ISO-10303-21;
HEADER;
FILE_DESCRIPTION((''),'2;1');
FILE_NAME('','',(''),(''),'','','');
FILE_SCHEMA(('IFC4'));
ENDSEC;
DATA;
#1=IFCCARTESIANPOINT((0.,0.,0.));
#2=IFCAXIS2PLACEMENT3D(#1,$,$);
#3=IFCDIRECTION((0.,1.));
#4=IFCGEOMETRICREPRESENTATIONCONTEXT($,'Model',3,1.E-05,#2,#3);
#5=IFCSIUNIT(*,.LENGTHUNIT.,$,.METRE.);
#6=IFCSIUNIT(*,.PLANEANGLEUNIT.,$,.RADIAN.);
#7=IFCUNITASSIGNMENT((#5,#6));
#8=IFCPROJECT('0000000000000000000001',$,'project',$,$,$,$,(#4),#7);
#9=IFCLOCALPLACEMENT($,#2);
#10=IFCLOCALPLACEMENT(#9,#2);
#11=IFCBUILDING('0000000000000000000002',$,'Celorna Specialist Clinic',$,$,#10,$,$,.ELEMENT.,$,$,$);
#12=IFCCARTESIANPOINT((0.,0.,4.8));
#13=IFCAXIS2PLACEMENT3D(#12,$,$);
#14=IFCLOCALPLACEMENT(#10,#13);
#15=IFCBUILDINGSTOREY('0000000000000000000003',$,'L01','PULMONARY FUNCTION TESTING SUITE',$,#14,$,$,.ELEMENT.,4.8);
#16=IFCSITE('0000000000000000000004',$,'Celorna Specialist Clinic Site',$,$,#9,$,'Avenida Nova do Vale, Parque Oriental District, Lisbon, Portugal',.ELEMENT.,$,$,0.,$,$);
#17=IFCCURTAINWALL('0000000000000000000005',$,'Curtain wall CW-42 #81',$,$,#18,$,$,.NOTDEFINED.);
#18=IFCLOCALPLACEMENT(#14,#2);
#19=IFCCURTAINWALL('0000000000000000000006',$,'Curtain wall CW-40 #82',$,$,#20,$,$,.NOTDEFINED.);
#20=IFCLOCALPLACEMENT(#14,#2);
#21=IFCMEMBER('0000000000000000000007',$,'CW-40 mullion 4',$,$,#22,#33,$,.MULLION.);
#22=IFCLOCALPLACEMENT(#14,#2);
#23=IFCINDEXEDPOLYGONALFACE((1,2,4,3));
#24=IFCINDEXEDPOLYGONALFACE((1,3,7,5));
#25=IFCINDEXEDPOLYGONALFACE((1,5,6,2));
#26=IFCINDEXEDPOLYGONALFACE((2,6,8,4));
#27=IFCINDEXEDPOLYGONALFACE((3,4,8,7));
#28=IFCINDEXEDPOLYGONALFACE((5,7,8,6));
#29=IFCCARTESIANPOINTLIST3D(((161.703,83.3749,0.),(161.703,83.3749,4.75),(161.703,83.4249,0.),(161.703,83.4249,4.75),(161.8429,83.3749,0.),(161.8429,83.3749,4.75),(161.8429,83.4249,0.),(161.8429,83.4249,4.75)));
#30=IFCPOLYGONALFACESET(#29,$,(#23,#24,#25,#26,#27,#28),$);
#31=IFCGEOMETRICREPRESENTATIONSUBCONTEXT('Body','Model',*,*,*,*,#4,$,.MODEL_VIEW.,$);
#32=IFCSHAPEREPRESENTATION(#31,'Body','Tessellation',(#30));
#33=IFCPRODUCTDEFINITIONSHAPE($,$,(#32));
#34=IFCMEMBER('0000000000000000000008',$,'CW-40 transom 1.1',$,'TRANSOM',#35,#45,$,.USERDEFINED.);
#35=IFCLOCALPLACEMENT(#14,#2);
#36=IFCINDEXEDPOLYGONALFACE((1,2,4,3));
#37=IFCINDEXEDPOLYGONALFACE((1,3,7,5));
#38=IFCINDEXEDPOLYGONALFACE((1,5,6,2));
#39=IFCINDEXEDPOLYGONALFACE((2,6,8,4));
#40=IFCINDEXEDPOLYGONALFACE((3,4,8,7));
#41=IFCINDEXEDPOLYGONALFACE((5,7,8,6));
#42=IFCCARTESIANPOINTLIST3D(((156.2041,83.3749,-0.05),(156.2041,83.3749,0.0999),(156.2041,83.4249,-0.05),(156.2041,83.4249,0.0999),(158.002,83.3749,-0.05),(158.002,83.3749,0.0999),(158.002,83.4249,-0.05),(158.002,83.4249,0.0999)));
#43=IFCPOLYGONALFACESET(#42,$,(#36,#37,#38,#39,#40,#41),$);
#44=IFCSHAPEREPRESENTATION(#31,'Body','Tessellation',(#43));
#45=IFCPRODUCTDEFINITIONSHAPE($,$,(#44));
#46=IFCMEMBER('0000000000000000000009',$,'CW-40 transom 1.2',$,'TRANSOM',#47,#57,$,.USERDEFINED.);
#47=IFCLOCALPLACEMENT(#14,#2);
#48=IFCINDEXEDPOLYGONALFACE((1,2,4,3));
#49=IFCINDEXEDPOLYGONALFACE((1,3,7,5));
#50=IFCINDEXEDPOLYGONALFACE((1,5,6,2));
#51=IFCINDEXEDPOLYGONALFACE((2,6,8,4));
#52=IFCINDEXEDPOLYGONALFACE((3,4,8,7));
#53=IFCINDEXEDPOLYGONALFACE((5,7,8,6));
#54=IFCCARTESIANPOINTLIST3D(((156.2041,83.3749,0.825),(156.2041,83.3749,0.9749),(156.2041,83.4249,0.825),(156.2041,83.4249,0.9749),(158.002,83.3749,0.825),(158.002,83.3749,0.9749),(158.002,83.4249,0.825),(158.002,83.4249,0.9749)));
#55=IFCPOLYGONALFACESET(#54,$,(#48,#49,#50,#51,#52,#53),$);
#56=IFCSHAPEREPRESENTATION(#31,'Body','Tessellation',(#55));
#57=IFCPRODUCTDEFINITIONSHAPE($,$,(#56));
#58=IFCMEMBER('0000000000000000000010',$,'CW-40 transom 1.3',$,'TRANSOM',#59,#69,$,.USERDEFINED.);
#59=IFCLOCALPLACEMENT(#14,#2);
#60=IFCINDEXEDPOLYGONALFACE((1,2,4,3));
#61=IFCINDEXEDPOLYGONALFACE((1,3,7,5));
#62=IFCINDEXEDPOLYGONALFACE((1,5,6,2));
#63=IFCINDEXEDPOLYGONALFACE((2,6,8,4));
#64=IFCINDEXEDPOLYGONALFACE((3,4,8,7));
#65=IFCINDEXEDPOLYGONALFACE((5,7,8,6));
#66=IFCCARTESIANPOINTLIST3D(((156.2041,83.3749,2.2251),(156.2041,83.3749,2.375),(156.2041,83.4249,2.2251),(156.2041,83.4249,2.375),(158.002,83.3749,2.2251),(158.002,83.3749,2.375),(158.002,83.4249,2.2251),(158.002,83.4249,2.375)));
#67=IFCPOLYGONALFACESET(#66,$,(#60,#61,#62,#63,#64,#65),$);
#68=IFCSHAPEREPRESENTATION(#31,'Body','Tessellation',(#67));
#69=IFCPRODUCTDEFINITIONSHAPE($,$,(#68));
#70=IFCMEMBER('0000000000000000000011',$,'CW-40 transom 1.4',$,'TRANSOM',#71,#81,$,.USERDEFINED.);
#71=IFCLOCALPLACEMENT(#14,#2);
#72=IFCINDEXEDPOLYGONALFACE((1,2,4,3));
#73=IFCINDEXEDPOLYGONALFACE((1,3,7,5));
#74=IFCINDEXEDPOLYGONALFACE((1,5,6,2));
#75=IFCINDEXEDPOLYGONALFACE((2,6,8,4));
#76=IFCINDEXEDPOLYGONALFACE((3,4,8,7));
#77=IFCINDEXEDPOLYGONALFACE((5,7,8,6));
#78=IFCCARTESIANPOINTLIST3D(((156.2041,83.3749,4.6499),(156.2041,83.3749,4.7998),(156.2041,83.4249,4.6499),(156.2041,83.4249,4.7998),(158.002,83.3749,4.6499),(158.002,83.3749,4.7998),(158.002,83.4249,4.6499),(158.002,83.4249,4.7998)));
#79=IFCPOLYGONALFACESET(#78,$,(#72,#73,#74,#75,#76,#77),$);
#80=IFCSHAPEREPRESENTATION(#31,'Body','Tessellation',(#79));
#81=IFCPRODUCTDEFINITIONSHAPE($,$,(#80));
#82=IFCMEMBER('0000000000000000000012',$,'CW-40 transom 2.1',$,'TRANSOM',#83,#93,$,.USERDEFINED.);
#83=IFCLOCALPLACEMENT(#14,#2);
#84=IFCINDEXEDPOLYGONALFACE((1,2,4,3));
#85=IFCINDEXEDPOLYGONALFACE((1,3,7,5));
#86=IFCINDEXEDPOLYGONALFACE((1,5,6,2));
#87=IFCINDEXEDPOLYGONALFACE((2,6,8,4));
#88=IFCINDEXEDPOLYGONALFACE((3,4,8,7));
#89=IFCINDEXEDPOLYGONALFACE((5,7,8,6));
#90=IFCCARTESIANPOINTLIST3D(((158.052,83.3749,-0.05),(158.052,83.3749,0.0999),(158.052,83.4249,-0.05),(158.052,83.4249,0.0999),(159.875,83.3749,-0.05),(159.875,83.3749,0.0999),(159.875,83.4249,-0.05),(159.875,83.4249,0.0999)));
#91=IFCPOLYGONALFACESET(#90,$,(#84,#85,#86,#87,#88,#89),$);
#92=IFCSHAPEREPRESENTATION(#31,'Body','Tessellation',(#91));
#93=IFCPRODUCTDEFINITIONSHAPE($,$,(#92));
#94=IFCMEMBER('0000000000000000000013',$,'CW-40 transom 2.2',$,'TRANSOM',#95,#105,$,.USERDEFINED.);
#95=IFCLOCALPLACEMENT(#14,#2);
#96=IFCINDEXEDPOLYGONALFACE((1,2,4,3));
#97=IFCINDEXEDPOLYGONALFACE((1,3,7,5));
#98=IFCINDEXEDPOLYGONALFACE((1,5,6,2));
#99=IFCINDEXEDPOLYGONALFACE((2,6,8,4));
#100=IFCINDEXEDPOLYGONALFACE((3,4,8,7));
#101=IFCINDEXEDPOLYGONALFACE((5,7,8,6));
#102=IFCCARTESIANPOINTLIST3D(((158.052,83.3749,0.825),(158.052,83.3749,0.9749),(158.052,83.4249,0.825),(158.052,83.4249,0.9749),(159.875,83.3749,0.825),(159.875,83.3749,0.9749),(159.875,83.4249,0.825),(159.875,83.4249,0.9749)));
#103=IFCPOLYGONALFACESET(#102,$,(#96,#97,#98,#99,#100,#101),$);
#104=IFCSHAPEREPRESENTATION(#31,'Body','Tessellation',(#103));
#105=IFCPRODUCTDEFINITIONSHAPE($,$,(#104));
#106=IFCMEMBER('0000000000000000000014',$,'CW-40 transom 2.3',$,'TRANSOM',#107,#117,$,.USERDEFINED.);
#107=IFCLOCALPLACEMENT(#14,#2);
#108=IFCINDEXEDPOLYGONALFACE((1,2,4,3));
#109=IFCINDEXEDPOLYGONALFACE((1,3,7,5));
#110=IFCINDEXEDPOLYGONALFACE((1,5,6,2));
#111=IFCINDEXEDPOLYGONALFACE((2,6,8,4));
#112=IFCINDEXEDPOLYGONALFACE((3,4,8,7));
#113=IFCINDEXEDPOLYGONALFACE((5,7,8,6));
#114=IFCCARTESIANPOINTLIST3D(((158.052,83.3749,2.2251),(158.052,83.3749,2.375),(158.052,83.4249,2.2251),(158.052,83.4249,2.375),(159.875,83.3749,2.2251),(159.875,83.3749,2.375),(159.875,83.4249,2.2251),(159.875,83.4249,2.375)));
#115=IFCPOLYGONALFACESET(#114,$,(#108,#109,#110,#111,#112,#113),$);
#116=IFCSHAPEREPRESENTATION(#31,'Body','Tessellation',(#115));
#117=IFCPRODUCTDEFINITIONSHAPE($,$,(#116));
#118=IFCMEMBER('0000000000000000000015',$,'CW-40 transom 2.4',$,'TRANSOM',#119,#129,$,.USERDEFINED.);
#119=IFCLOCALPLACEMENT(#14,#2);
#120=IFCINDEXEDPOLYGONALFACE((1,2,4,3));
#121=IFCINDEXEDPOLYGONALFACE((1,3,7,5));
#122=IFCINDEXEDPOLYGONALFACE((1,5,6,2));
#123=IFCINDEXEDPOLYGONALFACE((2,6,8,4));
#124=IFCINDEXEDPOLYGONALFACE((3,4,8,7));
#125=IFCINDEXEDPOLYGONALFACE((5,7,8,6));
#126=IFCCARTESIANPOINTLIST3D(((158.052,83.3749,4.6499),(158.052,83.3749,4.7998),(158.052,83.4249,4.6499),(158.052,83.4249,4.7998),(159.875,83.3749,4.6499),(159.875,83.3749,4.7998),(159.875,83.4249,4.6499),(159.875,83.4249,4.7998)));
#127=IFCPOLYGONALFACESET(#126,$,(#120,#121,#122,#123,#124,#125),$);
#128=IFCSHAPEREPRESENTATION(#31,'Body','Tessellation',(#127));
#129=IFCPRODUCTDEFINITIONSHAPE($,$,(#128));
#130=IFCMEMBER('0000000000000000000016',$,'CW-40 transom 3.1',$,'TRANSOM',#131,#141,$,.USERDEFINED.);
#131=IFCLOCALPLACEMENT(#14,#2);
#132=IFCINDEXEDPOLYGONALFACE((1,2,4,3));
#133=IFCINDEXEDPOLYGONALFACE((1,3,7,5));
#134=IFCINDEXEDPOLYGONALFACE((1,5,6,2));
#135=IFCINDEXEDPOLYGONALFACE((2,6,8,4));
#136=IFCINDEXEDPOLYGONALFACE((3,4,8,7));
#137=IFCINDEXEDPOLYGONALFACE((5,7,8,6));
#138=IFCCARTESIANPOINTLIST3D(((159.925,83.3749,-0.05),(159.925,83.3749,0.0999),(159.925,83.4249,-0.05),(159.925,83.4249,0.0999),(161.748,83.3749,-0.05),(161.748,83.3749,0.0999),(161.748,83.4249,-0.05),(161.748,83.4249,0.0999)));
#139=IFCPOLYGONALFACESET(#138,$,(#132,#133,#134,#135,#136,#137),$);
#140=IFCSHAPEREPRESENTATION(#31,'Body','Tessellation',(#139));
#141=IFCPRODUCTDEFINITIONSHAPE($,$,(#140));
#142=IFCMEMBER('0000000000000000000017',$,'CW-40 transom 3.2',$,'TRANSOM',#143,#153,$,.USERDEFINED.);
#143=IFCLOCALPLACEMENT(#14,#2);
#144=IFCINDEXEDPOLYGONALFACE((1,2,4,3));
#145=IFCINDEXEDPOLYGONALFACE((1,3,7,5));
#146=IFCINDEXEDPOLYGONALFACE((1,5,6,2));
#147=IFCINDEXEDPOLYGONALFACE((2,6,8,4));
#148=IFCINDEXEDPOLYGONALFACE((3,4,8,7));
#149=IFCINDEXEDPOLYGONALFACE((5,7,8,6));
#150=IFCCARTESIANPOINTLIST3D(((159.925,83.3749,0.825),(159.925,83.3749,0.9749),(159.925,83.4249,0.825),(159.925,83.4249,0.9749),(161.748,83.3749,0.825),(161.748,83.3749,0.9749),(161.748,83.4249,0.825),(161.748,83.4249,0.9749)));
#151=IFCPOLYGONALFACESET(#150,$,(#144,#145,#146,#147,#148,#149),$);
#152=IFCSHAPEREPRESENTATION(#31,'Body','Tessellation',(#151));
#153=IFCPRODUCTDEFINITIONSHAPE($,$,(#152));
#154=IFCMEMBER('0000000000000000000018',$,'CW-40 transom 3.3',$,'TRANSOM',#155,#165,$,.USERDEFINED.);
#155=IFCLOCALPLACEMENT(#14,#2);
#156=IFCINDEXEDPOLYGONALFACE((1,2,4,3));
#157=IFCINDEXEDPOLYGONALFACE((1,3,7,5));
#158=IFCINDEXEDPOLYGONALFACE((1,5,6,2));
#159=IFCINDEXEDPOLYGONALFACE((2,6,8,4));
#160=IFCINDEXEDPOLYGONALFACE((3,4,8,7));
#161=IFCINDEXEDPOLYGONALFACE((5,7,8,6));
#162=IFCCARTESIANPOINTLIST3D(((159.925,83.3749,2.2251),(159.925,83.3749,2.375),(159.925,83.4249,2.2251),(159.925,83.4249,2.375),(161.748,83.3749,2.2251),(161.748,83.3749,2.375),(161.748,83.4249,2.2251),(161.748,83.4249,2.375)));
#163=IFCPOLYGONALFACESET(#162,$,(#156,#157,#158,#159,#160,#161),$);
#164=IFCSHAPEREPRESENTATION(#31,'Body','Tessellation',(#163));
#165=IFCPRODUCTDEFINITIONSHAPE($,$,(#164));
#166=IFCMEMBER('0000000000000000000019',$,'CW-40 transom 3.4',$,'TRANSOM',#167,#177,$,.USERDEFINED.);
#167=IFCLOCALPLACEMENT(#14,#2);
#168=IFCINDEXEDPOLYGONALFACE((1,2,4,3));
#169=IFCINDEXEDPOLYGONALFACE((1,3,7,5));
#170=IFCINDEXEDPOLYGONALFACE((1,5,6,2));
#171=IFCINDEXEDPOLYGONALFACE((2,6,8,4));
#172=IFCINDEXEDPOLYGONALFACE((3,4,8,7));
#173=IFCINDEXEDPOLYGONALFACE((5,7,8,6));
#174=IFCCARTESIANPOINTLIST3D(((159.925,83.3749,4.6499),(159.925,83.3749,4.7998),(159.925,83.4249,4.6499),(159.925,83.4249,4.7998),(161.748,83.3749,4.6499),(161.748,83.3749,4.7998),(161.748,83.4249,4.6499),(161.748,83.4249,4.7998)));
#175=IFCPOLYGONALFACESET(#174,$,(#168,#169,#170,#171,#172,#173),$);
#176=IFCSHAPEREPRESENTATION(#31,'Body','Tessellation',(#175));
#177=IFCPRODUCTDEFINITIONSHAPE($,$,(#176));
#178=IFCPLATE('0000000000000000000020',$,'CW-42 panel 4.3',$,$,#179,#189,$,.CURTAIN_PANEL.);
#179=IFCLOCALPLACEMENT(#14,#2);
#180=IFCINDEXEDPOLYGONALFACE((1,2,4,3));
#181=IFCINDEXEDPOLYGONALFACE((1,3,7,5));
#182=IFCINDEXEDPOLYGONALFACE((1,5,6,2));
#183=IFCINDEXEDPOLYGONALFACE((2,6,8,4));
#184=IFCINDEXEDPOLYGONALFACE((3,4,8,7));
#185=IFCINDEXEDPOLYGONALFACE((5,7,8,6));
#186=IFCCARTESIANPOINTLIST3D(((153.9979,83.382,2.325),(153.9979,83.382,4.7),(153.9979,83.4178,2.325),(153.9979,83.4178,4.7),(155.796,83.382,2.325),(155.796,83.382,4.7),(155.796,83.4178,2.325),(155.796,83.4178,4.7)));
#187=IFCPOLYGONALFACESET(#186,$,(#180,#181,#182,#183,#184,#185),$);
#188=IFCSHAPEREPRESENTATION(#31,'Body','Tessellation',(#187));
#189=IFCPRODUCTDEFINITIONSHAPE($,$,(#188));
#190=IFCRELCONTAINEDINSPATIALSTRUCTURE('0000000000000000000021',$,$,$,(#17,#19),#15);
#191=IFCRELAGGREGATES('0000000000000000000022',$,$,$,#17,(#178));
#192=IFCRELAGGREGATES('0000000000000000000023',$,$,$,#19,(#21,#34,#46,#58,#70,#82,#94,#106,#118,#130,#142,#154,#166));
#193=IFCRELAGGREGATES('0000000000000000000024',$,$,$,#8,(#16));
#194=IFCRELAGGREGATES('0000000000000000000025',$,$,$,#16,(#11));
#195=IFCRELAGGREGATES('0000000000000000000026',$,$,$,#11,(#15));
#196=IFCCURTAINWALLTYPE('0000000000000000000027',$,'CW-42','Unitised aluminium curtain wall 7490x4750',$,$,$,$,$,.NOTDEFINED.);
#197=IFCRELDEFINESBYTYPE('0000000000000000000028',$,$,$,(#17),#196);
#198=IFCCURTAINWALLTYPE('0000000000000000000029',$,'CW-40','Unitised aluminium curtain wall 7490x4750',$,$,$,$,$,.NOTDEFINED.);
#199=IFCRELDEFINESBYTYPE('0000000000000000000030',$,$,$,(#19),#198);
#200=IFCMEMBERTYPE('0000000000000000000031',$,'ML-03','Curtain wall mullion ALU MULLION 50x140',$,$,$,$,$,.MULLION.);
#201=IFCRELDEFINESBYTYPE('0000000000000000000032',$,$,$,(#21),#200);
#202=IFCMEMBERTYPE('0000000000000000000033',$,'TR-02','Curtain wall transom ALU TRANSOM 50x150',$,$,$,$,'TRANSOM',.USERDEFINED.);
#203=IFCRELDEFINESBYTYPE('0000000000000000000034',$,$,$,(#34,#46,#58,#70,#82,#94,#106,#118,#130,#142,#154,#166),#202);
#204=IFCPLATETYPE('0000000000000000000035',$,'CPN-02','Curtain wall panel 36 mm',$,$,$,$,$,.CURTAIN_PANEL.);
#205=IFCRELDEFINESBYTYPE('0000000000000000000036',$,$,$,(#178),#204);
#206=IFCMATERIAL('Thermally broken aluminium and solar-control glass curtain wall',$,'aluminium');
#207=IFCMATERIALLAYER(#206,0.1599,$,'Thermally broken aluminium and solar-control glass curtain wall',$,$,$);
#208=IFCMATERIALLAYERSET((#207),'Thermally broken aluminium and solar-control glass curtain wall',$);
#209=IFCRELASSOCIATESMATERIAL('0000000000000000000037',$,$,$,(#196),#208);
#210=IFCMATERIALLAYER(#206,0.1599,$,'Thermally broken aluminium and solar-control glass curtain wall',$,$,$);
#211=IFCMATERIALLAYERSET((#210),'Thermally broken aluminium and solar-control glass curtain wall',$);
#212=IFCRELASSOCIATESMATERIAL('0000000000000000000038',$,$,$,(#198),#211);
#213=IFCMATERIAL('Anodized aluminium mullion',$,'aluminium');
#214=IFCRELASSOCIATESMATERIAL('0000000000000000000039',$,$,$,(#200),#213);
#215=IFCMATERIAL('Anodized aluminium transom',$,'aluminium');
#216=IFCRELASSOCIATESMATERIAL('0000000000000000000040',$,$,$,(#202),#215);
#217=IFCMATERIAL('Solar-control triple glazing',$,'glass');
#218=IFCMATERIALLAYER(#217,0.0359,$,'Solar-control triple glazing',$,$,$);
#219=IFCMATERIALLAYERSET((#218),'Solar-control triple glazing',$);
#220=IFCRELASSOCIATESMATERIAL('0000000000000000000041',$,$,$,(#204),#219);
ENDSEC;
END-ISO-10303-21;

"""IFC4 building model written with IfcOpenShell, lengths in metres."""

from ifc_helpers import new_model, si_unit, direction, frame, origin, origin_2d, place, context, subcontext, project, spatial, rectangle, extrude, material, layer, layer_set, material_profile, profile_set, type_object, element, aggregate, save


model = new_model("IFC4")

# Units and contexts
model_context = context("Model", 3, precision=1e-05, world=origin(), true_north=direction((0.0, 1.0)))
body_context = subcontext(model_context, "Body", "Model", "MODEL_VIEW")
ifc_project = project(units=[si_unit("LENGTHUNIT", "METRE"), si_unit("PLANEANGLEUNIT", "RADIAN")], contexts=[model_context])

# Site, building, storey
site_placement = place(None, origin())
site = spatial("IfcSite", under=ifc_project, at=site_placement, Name="Celorna Specialist Clinic Site", LongName="Avenida Nova do Vale, Parque Oriental District, Lisbon, Portugal", CompositionType="ELEMENT", RefElevation=0.0)
building_placement = place(site_placement, origin())
building = spatial("IfcBuilding", under=site, at=building_placement, Name="Celorna Specialist Clinic", CompositionType="ELEMENT")
storey_placement = place(building_placement, frame((0.0, 0.0, 4.8)))
storey = spatial("IfcBuildingStorey", under=building, at=storey_placement, Name="L01", Description="PULMONARY FUNCTION TESTING SUITE", CompositionType="ELEMENT", Elevation=4.8)

# Curtain wall
ifc_material_1 = material(Name="Thermally broken aluminium and solar-control glass curtain wall", Category="aluminium")
ifc_layer_1 = layer(ifc_material_1, 0.1599, Name="Thermally broken aluminium and solar-control glass curtain wall")
ifc_layer_set_1 = layer_set([ifc_layer_1], Name="Thermally broken aluminium and solar-control glass curtain wall")
curtain_wall_type_1 = type_object("IfcCurtainWallType", Name="CW-42", Description="Unitised aluminium curtain wall 7490x4750", PredefinedType="NOTDEFINED", material=ifc_layer_set_1)
curtain_wall_1_placement = place(storey_placement, origin())
curtain_wall_1 = element("IfcCurtainWall", 1, at=curtain_wall_1_placement, inside=storey, type_object=curtain_wall_type_1, Name="Curtain wall CW-42 #81", PredefinedType="NOTDEFINED")
ifc_material_2 = material(Name="Anodized aluminium mullion", Category="aluminium")

# Curtain wall, members
ifc_layer_2 = layer(ifc_material_1, 0.1599, Name="Thermally broken aluminium and solar-control glass curtain wall")
ifc_layer_set_2 = layer_set([ifc_layer_2], Name="Thermally broken aluminium and solar-control glass curtain wall")
curtain_wall_type_2 = type_object("IfcCurtainWallType", Name="CW-40", Description="Unitised aluminium curtain wall 7490x4750", PredefinedType="NOTDEFINED", material=ifc_layer_set_2)
curtain_wall_2_placement = place(storey_placement, origin())
curtain_wall_2 = element("IfcCurtainWall", 2, at=curtain_wall_2_placement, inside=storey, type_object=curtain_wall_type_2, Name="Curtain wall CW-40 #82", PredefinedType="NOTDEFINED")
ifc_material_profile_1 = material_profile(ifc_material_2, rectangle(XDim=0.05, YDim=0.1399, at=origin_2d()), Name="ALU MULLION 50x140")
ifc_profile_set_1 = profile_set([ifc_material_profile_1], Name="Anodized aluminium mullion")
member_type_1 = type_object("IfcMemberType", Name="ML-03", Description="Curtain wall mullion ALU MULLION 50x140", PredefinedType="MULLION", material=ifc_profile_set_1)
member_1_placement = place(storey_placement, frame((161.7729, 83.3999, 0.0), z_axis=(0.0, 0.0, 1.0), x_axis=(0.0, 1.0, 0.0)))
member_1 = element("IfcMember", 3, at=member_1_placement, type_object=member_type_1, Name="CW-40 mullion 4", PredefinedType="MULLION", context=body_context, shape_type="SweptSolid", body=[
    extrude(rectangle(XDim=0.05, YDim=0.1399, at=origin_2d()), origin(), (0.0, 0.0, 1.0), 4.75),
])
ifc_material_3 = material(Name="Anodized aluminium transom", Category="aluminium")
ifc_material_profile_2 = material_profile(ifc_material_3, rectangle(XDim=0.05, YDim=0.1499, at=origin_2d()), Name="ALU TRANSOM 50x150")
ifc_profile_set_2 = profile_set([ifc_material_profile_2], Name="Anodized aluminium transom")
member_type_2 = type_object("IfcMemberType", Name="TR-02", Description="Curtain wall transom ALU TRANSOM 50x150", ElementType="TRANSOM", PredefinedType="USERDEFINED", material=ifc_profile_set_2)
member_2_placement = place(storey_placement, frame((156.2041, 83.3999, 0.0249), z_axis=(1.0, 0.0, 0.0), x_axis=(0.0, 1.0, 0.0)))
member_2 = element("IfcMember", 4, at=member_2_placement, type_object=member_type_2, Name="CW-40 transom 1.1", ObjectType="TRANSOM", PredefinedType="USERDEFINED", context=body_context, shape_type="SweptSolid", body=[
    extrude(rectangle(XDim=0.05, YDim=0.1499, at=origin_2d()), origin(), (0.0, 0.0, 1.0), 1.7979),
])
member_3_placement = place(storey_placement, frame((156.2041, 83.3999, 0.8999), z_axis=(1.0, 0.0, 0.0), x_axis=(0.0, 1.0, 0.0)))
member_3 = element("IfcMember", 5, at=member_3_placement, type_object=member_type_2, Name="CW-40 transom 1.2", ObjectType="TRANSOM", PredefinedType="USERDEFINED", context=body_context, shape_type="SweptSolid", body=[
    extrude(rectangle(XDim=0.05, YDim=0.1499, at=origin_2d()), origin(), (0.0, 0.0, 1.0), 1.7979),
])
member_4_placement = place(storey_placement, frame((156.2041, 83.3999, 2.3), z_axis=(1.0, 0.0, 0.0), x_axis=(0.0, 1.0, 0.0)))
member_4 = element("IfcMember", 6, at=member_4_placement, type_object=member_type_2, Name="CW-40 transom 1.3", ObjectType="TRANSOM", PredefinedType="USERDEFINED", context=body_context, shape_type="SweptSolid", body=[
    extrude(rectangle(XDim=0.05, YDim=0.1499, at=origin_2d()), origin(), (0.0, 0.0, 1.0), 1.7979),
])
member_5_placement = place(storey_placement, frame((156.2041, 83.3999, 4.7249), z_axis=(1.0, 0.0, 0.0), x_axis=(0.0, 1.0, 0.0)))
member_5 = element("IfcMember", 7, at=member_5_placement, type_object=member_type_2, Name="CW-40 transom 1.4", ObjectType="TRANSOM", PredefinedType="USERDEFINED", context=body_context, shape_type="SweptSolid", body=[
    extrude(rectangle(XDim=0.05, YDim=0.1499, at=origin_2d()), origin(), (0.0, 0.0, 1.0), 1.7979),
])
member_6_placement = place(storey_placement, frame((158.052, 83.3999, 0.0249), z_axis=(1.0, 0.0, 0.0), x_axis=(0.0, 1.0, 0.0)))
member_6 = element("IfcMember", 8, at=member_6_placement, type_object=member_type_2, Name="CW-40 transom 2.1", ObjectType="TRANSOM", PredefinedType="USERDEFINED", context=body_context, shape_type="SweptSolid", body=[
    extrude(rectangle(XDim=0.05, YDim=0.1499, at=origin_2d()), origin(), (0.0, 0.0, 1.0), 1.823),
])
member_7_placement = place(storey_placement, frame((158.052, 83.3999, 0.8999), z_axis=(1.0, 0.0, 0.0), x_axis=(0.0, 1.0, 0.0)))
member_7 = element("IfcMember", 9, at=member_7_placement, type_object=member_type_2, Name="CW-40 transom 2.2", ObjectType="TRANSOM", PredefinedType="USERDEFINED", context=body_context, shape_type="SweptSolid", body=[
    extrude(rectangle(XDim=0.05, YDim=0.1499, at=origin_2d()), origin(), (0.0, 0.0, 1.0), 1.823),
])
member_8_placement = place(storey_placement, frame((158.052, 83.3999, 2.3), z_axis=(1.0, 0.0, 0.0), x_axis=(0.0, 1.0, 0.0)))
member_8 = element("IfcMember", 10, at=member_8_placement, type_object=member_type_2, Name="CW-40 transom 2.3", ObjectType="TRANSOM", PredefinedType="USERDEFINED", context=body_context, shape_type="SweptSolid", body=[
    extrude(rectangle(XDim=0.05, YDim=0.1499, at=origin_2d()), origin(), (0.0, 0.0, 1.0), 1.823),
])
member_9_placement = place(storey_placement, frame((158.052, 83.3999, 4.7249), z_axis=(1.0, 0.0, 0.0), x_axis=(0.0, 1.0, 0.0)))
member_9 = element("IfcMember", 11, at=member_9_placement, type_object=member_type_2, Name="CW-40 transom 2.4", ObjectType="TRANSOM", PredefinedType="USERDEFINED", context=body_context, shape_type="SweptSolid", body=[
    extrude(rectangle(XDim=0.05, YDim=0.1499, at=origin_2d()), origin(), (0.0, 0.0, 1.0), 1.823),
])
member_10_placement = place(storey_placement, frame((159.925, 83.3999, 0.0249), z_axis=(1.0, 0.0, 0.0), x_axis=(0.0, 1.0, 0.0)))
member_10 = element("IfcMember", 12, at=member_10_placement, type_object=member_type_2, Name="CW-40 transom 3.1", ObjectType="TRANSOM", PredefinedType="USERDEFINED", context=body_context, shape_type="SweptSolid", body=[
    extrude(rectangle(XDim=0.05, YDim=0.1499, at=origin_2d()), origin(), (0.0, 0.0, 1.0), 1.823),
])
member_11_placement = place(storey_placement, frame((159.925, 83.3999, 0.8999), z_axis=(1.0, 0.0, 0.0), x_axis=(0.0, 1.0, 0.0)))
member_11 = element("IfcMember", 13, at=member_11_placement, type_object=member_type_2, Name="CW-40 transom 3.2", ObjectType="TRANSOM", PredefinedType="USERDEFINED", context=body_context, shape_type="SweptSolid", body=[
    extrude(rectangle(XDim=0.05, YDim=0.1499, at=origin_2d()), origin(), (0.0, 0.0, 1.0), 1.823),
])
member_12_placement = place(storey_placement, frame((159.925, 83.3999, 2.3), z_axis=(1.0, 0.0, 0.0), x_axis=(0.0, 1.0, 0.0)))
member_12 = element("IfcMember", 14, at=member_12_placement, type_object=member_type_2, Name="CW-40 transom 3.3", ObjectType="TRANSOM", PredefinedType="USERDEFINED", context=body_context, shape_type="SweptSolid", body=[
    extrude(rectangle(XDim=0.05, YDim=0.1499, at=origin_2d()), origin(), (0.0, 0.0, 1.0), 1.823),
])
member_13_placement = place(storey_placement, frame((159.925, 83.3999, 4.7249), z_axis=(1.0, 0.0, 0.0), x_axis=(0.0, 1.0, 0.0)))
member_13 = element("IfcMember", 15, at=member_13_placement, type_object=member_type_2, Name="CW-40 transom 3.4", ObjectType="TRANSOM", PredefinedType="USERDEFINED", context=body_context, shape_type="SweptSolid", body=[
    extrude(rectangle(XDim=0.05, YDim=0.1499, at=origin_2d()), origin(), (0.0, 0.0, 1.0), 1.823),
])

# Plate
ifc_material_4 = material(Name="Solar-control triple glazing", Category="glass")
ifc_layer_3 = layer(ifc_material_4, 0.0359, Name="Solar-control triple glazing")
ifc_layer_set_3 = layer_set([ifc_layer_3], Name="Solar-control triple glazing")
plate_type_1 = type_object("IfcPlateType", Name="CPN-02", Description="Curtain wall panel 36 mm", PredefinedType="CURTAIN_PANEL", material=ifc_layer_set_3)
plate_1_placement = place(storey_placement, frame((154.897, 83.3999, 2.325), z_axis=(0.0, 0.0, 1.0), x_axis=(1.0, 0.0, 0.0)))
plate_1 = element("IfcPlate", 16, at=plate_1_placement, type_object=plate_type_1, Name="CW-42 panel 4.3", PredefinedType="CURTAIN_PANEL", context=body_context, shape_type="SweptSolid", body=[
    extrude(rectangle(XDim=1.7981, YDim=0.0359, at=origin_2d()), origin(), (0.0, 0.0, 1.0), 2.375),
])
aggregate(curtain_wall_1, [plate_1])
aggregate(curtain_wall_2, [member_1, member_2, member_3, member_4, member_5, member_6, member_7, member_8, member_9, member_10, member_11, member_12, member_13])

save(model, "model.ifc")
